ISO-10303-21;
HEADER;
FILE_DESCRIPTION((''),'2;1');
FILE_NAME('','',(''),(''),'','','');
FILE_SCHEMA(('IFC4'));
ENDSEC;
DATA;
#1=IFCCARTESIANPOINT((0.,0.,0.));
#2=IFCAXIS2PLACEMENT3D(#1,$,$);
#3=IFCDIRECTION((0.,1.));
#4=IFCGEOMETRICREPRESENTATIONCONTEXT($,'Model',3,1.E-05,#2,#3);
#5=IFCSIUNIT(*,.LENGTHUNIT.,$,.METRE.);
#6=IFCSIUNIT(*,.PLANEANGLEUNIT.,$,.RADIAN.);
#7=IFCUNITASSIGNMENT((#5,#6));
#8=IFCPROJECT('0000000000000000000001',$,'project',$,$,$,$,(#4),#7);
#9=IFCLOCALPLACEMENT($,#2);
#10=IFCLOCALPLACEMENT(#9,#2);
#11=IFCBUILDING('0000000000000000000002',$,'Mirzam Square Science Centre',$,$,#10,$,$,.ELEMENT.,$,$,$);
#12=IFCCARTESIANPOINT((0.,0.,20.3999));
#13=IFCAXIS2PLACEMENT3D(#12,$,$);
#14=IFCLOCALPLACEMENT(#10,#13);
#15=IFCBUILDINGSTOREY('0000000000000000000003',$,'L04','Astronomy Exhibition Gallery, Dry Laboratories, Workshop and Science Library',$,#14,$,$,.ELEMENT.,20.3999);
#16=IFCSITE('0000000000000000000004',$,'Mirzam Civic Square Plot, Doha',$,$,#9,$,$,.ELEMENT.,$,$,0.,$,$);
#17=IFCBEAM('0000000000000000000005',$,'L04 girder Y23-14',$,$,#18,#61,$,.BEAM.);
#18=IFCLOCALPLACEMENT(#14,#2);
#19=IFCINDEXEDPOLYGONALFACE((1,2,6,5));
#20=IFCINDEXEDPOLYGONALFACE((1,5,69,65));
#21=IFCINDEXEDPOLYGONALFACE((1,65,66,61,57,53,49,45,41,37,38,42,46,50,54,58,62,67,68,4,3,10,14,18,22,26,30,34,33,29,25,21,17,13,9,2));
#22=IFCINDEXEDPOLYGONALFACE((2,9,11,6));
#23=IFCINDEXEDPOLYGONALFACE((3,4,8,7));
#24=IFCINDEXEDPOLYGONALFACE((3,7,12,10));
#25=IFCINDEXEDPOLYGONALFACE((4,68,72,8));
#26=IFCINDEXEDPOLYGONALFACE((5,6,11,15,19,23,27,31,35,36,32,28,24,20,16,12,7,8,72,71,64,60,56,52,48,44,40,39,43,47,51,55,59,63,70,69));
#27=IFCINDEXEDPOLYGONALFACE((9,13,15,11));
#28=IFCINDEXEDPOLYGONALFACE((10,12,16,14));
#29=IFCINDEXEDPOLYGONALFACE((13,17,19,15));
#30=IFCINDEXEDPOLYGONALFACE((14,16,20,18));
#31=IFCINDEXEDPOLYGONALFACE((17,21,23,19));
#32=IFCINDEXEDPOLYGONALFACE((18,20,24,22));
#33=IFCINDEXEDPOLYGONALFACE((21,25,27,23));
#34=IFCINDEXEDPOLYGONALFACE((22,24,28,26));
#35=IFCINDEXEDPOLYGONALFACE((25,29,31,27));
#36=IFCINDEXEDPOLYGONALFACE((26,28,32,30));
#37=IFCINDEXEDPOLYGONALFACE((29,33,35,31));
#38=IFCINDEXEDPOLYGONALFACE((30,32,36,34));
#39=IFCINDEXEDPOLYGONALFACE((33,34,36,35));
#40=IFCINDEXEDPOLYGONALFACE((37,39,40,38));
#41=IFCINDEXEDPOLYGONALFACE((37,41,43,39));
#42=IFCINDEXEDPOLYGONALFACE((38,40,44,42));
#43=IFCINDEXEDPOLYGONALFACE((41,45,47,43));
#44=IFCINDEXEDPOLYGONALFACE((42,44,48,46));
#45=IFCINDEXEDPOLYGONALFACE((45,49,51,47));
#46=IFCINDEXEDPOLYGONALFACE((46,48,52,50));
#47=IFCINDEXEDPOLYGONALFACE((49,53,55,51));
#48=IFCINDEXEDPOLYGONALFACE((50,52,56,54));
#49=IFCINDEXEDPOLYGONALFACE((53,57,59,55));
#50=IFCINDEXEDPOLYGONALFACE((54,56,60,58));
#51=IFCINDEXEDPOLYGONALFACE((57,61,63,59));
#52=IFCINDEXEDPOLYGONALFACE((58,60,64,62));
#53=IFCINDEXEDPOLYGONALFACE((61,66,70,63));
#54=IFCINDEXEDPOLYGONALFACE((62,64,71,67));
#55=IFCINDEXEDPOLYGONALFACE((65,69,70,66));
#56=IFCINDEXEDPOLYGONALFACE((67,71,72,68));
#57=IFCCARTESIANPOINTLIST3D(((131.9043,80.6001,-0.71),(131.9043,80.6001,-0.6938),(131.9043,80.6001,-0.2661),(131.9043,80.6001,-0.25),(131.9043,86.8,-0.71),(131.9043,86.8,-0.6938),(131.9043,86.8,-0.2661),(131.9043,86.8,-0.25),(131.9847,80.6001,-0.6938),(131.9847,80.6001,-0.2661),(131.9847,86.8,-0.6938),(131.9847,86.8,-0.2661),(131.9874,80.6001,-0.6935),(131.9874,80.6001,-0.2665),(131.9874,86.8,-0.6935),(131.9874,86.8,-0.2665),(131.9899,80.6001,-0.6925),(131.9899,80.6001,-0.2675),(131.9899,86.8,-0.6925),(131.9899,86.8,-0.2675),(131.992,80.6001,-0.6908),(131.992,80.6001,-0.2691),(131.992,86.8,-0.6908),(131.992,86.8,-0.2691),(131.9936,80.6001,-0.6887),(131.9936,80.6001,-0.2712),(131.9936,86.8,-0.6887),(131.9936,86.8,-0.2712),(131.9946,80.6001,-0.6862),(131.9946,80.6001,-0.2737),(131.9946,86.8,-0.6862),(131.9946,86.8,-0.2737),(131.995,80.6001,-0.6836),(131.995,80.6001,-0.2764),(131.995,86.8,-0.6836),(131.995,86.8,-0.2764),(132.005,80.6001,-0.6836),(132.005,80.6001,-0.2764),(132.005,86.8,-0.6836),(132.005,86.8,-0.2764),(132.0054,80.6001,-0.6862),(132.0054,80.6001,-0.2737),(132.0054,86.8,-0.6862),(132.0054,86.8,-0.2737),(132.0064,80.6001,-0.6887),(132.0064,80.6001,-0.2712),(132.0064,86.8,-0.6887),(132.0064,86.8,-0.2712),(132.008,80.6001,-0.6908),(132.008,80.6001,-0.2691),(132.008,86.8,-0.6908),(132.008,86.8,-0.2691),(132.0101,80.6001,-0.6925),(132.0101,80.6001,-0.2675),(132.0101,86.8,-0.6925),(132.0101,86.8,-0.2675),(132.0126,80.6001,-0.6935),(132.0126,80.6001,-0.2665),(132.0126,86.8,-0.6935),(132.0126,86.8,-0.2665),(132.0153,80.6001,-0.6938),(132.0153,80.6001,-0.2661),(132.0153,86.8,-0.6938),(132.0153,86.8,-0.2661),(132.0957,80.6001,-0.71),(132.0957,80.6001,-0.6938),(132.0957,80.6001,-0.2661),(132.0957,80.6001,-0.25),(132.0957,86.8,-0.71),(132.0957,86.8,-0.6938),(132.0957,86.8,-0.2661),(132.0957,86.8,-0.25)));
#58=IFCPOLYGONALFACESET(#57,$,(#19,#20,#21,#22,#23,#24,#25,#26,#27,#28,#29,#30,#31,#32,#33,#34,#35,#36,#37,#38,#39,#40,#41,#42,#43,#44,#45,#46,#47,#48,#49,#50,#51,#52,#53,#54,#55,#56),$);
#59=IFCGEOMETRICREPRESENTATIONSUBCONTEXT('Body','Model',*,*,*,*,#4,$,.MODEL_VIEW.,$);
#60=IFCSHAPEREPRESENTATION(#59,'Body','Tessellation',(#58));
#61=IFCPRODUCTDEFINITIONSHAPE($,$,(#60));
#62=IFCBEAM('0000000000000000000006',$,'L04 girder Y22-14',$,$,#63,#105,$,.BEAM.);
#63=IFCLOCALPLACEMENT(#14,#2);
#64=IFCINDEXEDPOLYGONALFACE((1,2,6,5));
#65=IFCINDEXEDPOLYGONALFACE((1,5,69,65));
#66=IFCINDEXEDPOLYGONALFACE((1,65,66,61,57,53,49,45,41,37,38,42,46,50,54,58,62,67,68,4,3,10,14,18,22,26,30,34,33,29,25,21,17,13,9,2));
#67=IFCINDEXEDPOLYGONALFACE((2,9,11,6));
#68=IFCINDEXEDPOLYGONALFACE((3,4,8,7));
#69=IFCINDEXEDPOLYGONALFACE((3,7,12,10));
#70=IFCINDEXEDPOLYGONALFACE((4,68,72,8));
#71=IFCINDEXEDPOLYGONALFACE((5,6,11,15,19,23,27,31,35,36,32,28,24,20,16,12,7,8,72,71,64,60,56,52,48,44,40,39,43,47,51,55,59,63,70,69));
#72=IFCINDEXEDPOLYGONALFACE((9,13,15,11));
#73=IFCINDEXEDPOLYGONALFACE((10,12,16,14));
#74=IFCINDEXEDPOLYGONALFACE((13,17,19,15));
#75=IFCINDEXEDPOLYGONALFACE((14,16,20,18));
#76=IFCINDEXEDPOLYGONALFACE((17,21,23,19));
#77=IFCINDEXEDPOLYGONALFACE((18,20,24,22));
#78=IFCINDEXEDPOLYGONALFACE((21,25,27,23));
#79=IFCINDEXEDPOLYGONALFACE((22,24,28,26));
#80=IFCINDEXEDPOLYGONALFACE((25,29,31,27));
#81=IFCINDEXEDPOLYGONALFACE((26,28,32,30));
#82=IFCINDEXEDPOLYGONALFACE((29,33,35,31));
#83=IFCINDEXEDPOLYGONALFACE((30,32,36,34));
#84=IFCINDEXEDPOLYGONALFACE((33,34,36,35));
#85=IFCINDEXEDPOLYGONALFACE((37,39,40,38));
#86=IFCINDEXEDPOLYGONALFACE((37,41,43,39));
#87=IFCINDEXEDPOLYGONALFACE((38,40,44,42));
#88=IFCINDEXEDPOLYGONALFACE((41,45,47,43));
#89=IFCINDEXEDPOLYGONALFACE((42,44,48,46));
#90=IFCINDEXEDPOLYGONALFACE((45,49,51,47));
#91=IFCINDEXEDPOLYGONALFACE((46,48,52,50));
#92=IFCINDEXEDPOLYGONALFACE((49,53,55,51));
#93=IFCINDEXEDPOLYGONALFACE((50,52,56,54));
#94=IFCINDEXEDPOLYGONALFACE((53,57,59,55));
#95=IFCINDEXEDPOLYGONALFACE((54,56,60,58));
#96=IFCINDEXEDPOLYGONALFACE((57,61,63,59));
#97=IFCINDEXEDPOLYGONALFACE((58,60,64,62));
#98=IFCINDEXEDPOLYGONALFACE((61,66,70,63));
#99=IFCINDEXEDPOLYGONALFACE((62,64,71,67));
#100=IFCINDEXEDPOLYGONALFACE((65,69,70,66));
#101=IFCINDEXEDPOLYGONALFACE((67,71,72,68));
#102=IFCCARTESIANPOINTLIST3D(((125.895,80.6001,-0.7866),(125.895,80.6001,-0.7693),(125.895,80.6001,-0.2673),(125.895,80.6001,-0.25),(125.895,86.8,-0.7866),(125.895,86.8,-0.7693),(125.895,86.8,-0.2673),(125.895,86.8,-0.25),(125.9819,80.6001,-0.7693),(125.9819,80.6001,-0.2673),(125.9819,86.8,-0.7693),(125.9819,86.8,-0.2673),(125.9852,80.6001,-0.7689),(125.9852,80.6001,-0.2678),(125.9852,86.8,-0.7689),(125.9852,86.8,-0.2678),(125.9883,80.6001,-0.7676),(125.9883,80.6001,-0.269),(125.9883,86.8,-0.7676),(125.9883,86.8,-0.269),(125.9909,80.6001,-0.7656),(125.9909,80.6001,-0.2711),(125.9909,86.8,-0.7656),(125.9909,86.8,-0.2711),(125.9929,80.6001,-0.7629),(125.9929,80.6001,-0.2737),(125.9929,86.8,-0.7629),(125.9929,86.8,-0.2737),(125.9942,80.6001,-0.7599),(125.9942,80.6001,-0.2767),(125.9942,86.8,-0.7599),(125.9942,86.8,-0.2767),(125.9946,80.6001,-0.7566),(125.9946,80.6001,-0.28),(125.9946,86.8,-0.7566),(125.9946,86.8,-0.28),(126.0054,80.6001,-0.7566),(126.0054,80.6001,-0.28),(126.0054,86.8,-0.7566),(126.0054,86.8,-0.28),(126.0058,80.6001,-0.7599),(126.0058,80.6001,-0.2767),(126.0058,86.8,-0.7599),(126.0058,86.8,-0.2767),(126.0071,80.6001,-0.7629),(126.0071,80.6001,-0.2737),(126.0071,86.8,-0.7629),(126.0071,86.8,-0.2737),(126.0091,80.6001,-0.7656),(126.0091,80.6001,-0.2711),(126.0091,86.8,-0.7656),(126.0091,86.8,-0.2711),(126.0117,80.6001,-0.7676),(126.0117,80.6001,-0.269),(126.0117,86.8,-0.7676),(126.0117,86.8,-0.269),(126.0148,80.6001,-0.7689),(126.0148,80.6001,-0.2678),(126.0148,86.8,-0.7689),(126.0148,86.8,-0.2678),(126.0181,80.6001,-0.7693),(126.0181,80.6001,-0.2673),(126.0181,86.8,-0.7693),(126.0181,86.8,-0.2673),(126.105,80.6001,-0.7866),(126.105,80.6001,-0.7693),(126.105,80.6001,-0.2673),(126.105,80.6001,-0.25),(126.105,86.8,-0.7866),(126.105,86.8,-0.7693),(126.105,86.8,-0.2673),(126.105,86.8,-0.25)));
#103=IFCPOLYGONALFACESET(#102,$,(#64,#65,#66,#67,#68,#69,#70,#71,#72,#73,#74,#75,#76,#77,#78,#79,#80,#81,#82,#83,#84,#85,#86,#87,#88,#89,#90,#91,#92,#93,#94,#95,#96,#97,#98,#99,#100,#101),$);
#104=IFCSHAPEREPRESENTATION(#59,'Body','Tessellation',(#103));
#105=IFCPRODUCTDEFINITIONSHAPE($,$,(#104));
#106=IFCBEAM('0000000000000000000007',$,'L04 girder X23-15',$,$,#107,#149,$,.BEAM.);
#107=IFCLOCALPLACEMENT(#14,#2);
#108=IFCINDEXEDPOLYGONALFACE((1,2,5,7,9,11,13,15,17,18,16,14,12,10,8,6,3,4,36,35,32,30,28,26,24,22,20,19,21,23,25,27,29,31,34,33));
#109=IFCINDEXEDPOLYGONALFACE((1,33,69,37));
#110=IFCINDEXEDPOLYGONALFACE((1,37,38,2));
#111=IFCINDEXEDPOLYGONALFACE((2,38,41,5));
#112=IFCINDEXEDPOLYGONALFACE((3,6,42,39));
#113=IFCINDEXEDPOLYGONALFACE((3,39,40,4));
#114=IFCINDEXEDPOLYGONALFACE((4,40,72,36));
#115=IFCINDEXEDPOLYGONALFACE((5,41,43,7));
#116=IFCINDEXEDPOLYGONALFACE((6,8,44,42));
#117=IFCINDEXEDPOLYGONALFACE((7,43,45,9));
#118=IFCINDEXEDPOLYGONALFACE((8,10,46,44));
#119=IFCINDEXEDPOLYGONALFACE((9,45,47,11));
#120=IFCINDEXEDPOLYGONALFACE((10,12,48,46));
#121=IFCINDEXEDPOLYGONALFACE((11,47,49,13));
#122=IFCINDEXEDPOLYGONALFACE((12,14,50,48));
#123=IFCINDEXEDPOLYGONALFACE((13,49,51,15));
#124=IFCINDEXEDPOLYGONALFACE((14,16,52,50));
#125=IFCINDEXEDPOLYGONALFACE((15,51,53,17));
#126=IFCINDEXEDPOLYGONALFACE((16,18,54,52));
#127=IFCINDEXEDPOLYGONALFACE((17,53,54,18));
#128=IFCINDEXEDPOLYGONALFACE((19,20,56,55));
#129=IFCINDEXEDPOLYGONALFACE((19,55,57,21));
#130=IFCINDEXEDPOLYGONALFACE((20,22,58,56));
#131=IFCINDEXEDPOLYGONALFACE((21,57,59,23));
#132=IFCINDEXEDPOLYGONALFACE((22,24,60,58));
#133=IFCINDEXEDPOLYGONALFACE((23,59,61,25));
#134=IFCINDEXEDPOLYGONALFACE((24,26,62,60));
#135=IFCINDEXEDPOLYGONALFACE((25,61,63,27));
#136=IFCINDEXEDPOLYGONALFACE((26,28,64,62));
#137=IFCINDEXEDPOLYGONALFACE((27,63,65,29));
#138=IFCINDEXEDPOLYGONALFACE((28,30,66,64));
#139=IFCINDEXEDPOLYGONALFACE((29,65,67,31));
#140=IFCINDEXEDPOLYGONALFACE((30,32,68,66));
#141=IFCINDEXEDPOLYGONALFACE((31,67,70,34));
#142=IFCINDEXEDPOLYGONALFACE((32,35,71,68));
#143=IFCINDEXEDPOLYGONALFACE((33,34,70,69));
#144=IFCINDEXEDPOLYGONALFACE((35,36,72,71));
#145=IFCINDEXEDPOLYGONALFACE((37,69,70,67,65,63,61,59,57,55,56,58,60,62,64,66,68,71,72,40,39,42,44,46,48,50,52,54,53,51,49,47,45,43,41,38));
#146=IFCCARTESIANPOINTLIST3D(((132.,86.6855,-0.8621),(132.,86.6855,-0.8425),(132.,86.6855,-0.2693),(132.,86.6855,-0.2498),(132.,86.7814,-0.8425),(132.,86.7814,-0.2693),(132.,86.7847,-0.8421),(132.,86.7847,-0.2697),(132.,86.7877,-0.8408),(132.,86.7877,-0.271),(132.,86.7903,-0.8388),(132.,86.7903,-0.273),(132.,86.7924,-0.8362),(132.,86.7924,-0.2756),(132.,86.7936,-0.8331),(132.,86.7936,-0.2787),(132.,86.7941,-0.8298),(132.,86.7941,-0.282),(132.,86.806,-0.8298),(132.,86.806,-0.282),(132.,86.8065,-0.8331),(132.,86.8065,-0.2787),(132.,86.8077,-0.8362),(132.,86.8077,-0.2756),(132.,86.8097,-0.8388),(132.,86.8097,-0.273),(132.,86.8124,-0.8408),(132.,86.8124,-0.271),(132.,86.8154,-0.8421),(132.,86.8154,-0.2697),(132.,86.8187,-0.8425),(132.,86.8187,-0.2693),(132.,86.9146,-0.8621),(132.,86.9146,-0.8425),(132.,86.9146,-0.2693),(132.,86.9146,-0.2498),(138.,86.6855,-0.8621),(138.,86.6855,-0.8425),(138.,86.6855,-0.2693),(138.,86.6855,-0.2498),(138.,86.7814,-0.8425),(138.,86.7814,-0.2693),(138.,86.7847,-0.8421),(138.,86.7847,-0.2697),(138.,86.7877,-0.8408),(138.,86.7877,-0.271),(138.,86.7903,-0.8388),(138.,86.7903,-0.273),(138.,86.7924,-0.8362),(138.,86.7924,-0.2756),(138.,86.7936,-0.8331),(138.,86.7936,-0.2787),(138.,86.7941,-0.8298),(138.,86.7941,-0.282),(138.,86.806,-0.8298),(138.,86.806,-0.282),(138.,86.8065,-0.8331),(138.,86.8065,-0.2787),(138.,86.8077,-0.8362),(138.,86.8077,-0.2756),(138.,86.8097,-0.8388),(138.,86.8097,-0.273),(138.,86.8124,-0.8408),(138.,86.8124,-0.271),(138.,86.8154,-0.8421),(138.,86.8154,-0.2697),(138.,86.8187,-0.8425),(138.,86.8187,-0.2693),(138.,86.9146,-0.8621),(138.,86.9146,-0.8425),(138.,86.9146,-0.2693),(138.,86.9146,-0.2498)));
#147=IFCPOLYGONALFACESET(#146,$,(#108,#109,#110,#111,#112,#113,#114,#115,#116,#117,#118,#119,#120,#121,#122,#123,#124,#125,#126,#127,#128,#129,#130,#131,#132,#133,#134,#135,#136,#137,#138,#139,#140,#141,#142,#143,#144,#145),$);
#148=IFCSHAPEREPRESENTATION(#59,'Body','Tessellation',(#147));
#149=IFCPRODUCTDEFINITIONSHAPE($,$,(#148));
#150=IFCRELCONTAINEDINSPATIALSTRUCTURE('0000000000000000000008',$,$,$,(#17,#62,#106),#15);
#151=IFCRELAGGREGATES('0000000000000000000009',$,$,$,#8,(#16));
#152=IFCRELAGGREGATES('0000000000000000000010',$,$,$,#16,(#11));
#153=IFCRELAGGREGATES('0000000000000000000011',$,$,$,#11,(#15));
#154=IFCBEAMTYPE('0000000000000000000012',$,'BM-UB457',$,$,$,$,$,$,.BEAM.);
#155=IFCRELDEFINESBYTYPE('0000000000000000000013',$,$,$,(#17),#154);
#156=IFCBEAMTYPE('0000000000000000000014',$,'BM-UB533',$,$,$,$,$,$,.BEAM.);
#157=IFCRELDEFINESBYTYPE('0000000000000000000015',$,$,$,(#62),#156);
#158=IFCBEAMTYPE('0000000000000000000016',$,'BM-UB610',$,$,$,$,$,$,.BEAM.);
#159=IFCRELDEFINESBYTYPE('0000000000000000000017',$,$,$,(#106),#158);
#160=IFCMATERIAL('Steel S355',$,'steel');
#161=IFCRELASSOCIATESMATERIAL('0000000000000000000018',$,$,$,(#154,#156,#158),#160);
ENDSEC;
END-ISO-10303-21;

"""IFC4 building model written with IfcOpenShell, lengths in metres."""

from ifc_helpers import new_model, si_unit, direction, frame, origin, origin_2d, place, context, subcontext, project, spatial, i_section, extrude, material, material_profile, profile_set, type_object, element, save


model = new_model("IFC4")

# Units and contexts
model_context = context("Model", 3, precision=1e-05, world=origin(), true_north=direction((0.0, 1.0)))
body_context = subcontext(model_context, "Body", "Model", "MODEL_VIEW")
ifc_project = project(units=[si_unit("LENGTHUNIT", "METRE"), si_unit("PLANEANGLEUNIT", "RADIAN")], contexts=[model_context])

# Site, building, storey
site_placement = place(None, origin())
site = spatial("IfcSite", under=ifc_project, at=site_placement, Name="Mirzam Civic Square Plot, Doha", CompositionType="ELEMENT", RefElevation=0.0)
building_placement = place(site_placement, origin())
building = spatial("IfcBuilding", under=site, at=building_placement, Name="Mirzam Square Science Centre", CompositionType="ELEMENT")
storey_placement = place(building_placement, frame((0.0, 0.0, 20.3999)))
storey = spatial("IfcBuildingStorey", under=building, at=storey_placement, Name="L04", Description="Astronomy Exhibition Gallery, Dry Laboratories, Workshop and Science Library", CompositionType="ELEMENT", Elevation=20.3999)

# Shared definitions
ifc_material_1 = material(Name="Steel S355", Category="steel")

# Beams
ifc_material_profile_1 = material_profile(ifc_material_1, i_section(OverallWidth=0.1914, OverallDepth=0.46, WebThickness=0.01, FlangeThickness=0.0161, FilletRadius=0.0103, at=origin_2d()), Name="457x191x82UB")
ifc_profile_set_1 = profile_set([ifc_material_profile_1], Name="Steel S355")
beam_type_1 = type_object("IfcBeamType", Name="BM-UB457", PredefinedType="BEAM", material=ifc_profile_set_1)
for number, where, z_axis, x_axis, name in (
    (1, (132.0, 80.6001, -0.48), (0.0, 1.0, 0.0), (-1.0, 0.0, 0.0), "L04 girder Y23-14"),
):
    element("IfcBeam", number, at=place(storey_placement, frame(where, z_axis=z_axis, x_axis=x_axis)), inside=storey, type_object=beam_type_1, Name=name, PredefinedType="BEAM", context=body_context, shape_type="SweptSolid", body=[
        extrude(i_section(OverallWidth=0.1914, OverallDepth=0.46, WebThickness=0.01, FlangeThickness=0.0161, FilletRadius=0.0103, at=origin_2d()), origin(), (0.0, 0.0, 1.0), 6.2),
    ])
ifc_material_profile_2 = material_profile(ifc_material_1, i_section(OverallWidth=0.21, OverallDepth=0.5366, WebThickness=0.0107, FlangeThickness=0.0173, FilletRadius=0.0127, at=origin_2d()), Name="533x210x101UB")
ifc_profile_set_2 = profile_set([ifc_material_profile_2], Name="Steel S355")
beam_type_2 = type_object("IfcBeamType", Name="BM-UB533", PredefinedType="BEAM", material=ifc_profile_set_2)
beam_1_placement = place(storey_placement, frame((126.0, 80.6001, -0.5183), z_axis=(0.0, 1.0, 0.0), x_axis=(-1.0, 0.0, 0.0)))
element("IfcBeam", 2, at=beam_1_placement, inside=storey, type_object=beam_type_2, Name="L04 girder Y22-14", PredefinedType="BEAM", context=body_context, shape_type="SweptSolid", body=[
    extrude(i_section(OverallWidth=0.21, OverallDepth=0.5366, WebThickness=0.0107, FlangeThickness=0.0173, FilletRadius=0.0127, at=origin_2d()), origin(), (0.0, 0.0, 1.0), 6.2),
])
ifc_material_profile_3 = material_profile(ifc_material_1, i_section(OverallWidth=0.229, OverallDepth=0.6123, WebThickness=0.012, FlangeThickness=0.0195, FilletRadius=0.0127, at=origin_2d()), Name="610x229x125UB")
ifc_profile_set_3 = profile_set([ifc_material_profile_3], Name="Steel S355")
beam_type_3 = type_object("IfcBeamType", Name="BM-UB610", PredefinedType="BEAM", material=ifc_profile_set_3)
beam_2_placement = place(storey_placement, frame((132.0, 86.8, -0.5559), z_axis=(1.0, 0.0, 0.0), x_axis=(0.0, 1.0, 0.0)))
element("IfcBeam", 3, at=beam_2_placement, inside=storey, type_object=beam_type_3, Name="L04 girder X23-15", PredefinedType="BEAM", context=body_context, shape_type="SweptSolid", body=[
    extrude(i_section(OverallWidth=0.229, OverallDepth=0.6123, WebThickness=0.012, FlangeThickness=0.0195, FilletRadius=0.0127, at=origin_2d()), origin(), (0.0, 0.0, 1.0), 6.0),
])

save(model, "model.ifc")
